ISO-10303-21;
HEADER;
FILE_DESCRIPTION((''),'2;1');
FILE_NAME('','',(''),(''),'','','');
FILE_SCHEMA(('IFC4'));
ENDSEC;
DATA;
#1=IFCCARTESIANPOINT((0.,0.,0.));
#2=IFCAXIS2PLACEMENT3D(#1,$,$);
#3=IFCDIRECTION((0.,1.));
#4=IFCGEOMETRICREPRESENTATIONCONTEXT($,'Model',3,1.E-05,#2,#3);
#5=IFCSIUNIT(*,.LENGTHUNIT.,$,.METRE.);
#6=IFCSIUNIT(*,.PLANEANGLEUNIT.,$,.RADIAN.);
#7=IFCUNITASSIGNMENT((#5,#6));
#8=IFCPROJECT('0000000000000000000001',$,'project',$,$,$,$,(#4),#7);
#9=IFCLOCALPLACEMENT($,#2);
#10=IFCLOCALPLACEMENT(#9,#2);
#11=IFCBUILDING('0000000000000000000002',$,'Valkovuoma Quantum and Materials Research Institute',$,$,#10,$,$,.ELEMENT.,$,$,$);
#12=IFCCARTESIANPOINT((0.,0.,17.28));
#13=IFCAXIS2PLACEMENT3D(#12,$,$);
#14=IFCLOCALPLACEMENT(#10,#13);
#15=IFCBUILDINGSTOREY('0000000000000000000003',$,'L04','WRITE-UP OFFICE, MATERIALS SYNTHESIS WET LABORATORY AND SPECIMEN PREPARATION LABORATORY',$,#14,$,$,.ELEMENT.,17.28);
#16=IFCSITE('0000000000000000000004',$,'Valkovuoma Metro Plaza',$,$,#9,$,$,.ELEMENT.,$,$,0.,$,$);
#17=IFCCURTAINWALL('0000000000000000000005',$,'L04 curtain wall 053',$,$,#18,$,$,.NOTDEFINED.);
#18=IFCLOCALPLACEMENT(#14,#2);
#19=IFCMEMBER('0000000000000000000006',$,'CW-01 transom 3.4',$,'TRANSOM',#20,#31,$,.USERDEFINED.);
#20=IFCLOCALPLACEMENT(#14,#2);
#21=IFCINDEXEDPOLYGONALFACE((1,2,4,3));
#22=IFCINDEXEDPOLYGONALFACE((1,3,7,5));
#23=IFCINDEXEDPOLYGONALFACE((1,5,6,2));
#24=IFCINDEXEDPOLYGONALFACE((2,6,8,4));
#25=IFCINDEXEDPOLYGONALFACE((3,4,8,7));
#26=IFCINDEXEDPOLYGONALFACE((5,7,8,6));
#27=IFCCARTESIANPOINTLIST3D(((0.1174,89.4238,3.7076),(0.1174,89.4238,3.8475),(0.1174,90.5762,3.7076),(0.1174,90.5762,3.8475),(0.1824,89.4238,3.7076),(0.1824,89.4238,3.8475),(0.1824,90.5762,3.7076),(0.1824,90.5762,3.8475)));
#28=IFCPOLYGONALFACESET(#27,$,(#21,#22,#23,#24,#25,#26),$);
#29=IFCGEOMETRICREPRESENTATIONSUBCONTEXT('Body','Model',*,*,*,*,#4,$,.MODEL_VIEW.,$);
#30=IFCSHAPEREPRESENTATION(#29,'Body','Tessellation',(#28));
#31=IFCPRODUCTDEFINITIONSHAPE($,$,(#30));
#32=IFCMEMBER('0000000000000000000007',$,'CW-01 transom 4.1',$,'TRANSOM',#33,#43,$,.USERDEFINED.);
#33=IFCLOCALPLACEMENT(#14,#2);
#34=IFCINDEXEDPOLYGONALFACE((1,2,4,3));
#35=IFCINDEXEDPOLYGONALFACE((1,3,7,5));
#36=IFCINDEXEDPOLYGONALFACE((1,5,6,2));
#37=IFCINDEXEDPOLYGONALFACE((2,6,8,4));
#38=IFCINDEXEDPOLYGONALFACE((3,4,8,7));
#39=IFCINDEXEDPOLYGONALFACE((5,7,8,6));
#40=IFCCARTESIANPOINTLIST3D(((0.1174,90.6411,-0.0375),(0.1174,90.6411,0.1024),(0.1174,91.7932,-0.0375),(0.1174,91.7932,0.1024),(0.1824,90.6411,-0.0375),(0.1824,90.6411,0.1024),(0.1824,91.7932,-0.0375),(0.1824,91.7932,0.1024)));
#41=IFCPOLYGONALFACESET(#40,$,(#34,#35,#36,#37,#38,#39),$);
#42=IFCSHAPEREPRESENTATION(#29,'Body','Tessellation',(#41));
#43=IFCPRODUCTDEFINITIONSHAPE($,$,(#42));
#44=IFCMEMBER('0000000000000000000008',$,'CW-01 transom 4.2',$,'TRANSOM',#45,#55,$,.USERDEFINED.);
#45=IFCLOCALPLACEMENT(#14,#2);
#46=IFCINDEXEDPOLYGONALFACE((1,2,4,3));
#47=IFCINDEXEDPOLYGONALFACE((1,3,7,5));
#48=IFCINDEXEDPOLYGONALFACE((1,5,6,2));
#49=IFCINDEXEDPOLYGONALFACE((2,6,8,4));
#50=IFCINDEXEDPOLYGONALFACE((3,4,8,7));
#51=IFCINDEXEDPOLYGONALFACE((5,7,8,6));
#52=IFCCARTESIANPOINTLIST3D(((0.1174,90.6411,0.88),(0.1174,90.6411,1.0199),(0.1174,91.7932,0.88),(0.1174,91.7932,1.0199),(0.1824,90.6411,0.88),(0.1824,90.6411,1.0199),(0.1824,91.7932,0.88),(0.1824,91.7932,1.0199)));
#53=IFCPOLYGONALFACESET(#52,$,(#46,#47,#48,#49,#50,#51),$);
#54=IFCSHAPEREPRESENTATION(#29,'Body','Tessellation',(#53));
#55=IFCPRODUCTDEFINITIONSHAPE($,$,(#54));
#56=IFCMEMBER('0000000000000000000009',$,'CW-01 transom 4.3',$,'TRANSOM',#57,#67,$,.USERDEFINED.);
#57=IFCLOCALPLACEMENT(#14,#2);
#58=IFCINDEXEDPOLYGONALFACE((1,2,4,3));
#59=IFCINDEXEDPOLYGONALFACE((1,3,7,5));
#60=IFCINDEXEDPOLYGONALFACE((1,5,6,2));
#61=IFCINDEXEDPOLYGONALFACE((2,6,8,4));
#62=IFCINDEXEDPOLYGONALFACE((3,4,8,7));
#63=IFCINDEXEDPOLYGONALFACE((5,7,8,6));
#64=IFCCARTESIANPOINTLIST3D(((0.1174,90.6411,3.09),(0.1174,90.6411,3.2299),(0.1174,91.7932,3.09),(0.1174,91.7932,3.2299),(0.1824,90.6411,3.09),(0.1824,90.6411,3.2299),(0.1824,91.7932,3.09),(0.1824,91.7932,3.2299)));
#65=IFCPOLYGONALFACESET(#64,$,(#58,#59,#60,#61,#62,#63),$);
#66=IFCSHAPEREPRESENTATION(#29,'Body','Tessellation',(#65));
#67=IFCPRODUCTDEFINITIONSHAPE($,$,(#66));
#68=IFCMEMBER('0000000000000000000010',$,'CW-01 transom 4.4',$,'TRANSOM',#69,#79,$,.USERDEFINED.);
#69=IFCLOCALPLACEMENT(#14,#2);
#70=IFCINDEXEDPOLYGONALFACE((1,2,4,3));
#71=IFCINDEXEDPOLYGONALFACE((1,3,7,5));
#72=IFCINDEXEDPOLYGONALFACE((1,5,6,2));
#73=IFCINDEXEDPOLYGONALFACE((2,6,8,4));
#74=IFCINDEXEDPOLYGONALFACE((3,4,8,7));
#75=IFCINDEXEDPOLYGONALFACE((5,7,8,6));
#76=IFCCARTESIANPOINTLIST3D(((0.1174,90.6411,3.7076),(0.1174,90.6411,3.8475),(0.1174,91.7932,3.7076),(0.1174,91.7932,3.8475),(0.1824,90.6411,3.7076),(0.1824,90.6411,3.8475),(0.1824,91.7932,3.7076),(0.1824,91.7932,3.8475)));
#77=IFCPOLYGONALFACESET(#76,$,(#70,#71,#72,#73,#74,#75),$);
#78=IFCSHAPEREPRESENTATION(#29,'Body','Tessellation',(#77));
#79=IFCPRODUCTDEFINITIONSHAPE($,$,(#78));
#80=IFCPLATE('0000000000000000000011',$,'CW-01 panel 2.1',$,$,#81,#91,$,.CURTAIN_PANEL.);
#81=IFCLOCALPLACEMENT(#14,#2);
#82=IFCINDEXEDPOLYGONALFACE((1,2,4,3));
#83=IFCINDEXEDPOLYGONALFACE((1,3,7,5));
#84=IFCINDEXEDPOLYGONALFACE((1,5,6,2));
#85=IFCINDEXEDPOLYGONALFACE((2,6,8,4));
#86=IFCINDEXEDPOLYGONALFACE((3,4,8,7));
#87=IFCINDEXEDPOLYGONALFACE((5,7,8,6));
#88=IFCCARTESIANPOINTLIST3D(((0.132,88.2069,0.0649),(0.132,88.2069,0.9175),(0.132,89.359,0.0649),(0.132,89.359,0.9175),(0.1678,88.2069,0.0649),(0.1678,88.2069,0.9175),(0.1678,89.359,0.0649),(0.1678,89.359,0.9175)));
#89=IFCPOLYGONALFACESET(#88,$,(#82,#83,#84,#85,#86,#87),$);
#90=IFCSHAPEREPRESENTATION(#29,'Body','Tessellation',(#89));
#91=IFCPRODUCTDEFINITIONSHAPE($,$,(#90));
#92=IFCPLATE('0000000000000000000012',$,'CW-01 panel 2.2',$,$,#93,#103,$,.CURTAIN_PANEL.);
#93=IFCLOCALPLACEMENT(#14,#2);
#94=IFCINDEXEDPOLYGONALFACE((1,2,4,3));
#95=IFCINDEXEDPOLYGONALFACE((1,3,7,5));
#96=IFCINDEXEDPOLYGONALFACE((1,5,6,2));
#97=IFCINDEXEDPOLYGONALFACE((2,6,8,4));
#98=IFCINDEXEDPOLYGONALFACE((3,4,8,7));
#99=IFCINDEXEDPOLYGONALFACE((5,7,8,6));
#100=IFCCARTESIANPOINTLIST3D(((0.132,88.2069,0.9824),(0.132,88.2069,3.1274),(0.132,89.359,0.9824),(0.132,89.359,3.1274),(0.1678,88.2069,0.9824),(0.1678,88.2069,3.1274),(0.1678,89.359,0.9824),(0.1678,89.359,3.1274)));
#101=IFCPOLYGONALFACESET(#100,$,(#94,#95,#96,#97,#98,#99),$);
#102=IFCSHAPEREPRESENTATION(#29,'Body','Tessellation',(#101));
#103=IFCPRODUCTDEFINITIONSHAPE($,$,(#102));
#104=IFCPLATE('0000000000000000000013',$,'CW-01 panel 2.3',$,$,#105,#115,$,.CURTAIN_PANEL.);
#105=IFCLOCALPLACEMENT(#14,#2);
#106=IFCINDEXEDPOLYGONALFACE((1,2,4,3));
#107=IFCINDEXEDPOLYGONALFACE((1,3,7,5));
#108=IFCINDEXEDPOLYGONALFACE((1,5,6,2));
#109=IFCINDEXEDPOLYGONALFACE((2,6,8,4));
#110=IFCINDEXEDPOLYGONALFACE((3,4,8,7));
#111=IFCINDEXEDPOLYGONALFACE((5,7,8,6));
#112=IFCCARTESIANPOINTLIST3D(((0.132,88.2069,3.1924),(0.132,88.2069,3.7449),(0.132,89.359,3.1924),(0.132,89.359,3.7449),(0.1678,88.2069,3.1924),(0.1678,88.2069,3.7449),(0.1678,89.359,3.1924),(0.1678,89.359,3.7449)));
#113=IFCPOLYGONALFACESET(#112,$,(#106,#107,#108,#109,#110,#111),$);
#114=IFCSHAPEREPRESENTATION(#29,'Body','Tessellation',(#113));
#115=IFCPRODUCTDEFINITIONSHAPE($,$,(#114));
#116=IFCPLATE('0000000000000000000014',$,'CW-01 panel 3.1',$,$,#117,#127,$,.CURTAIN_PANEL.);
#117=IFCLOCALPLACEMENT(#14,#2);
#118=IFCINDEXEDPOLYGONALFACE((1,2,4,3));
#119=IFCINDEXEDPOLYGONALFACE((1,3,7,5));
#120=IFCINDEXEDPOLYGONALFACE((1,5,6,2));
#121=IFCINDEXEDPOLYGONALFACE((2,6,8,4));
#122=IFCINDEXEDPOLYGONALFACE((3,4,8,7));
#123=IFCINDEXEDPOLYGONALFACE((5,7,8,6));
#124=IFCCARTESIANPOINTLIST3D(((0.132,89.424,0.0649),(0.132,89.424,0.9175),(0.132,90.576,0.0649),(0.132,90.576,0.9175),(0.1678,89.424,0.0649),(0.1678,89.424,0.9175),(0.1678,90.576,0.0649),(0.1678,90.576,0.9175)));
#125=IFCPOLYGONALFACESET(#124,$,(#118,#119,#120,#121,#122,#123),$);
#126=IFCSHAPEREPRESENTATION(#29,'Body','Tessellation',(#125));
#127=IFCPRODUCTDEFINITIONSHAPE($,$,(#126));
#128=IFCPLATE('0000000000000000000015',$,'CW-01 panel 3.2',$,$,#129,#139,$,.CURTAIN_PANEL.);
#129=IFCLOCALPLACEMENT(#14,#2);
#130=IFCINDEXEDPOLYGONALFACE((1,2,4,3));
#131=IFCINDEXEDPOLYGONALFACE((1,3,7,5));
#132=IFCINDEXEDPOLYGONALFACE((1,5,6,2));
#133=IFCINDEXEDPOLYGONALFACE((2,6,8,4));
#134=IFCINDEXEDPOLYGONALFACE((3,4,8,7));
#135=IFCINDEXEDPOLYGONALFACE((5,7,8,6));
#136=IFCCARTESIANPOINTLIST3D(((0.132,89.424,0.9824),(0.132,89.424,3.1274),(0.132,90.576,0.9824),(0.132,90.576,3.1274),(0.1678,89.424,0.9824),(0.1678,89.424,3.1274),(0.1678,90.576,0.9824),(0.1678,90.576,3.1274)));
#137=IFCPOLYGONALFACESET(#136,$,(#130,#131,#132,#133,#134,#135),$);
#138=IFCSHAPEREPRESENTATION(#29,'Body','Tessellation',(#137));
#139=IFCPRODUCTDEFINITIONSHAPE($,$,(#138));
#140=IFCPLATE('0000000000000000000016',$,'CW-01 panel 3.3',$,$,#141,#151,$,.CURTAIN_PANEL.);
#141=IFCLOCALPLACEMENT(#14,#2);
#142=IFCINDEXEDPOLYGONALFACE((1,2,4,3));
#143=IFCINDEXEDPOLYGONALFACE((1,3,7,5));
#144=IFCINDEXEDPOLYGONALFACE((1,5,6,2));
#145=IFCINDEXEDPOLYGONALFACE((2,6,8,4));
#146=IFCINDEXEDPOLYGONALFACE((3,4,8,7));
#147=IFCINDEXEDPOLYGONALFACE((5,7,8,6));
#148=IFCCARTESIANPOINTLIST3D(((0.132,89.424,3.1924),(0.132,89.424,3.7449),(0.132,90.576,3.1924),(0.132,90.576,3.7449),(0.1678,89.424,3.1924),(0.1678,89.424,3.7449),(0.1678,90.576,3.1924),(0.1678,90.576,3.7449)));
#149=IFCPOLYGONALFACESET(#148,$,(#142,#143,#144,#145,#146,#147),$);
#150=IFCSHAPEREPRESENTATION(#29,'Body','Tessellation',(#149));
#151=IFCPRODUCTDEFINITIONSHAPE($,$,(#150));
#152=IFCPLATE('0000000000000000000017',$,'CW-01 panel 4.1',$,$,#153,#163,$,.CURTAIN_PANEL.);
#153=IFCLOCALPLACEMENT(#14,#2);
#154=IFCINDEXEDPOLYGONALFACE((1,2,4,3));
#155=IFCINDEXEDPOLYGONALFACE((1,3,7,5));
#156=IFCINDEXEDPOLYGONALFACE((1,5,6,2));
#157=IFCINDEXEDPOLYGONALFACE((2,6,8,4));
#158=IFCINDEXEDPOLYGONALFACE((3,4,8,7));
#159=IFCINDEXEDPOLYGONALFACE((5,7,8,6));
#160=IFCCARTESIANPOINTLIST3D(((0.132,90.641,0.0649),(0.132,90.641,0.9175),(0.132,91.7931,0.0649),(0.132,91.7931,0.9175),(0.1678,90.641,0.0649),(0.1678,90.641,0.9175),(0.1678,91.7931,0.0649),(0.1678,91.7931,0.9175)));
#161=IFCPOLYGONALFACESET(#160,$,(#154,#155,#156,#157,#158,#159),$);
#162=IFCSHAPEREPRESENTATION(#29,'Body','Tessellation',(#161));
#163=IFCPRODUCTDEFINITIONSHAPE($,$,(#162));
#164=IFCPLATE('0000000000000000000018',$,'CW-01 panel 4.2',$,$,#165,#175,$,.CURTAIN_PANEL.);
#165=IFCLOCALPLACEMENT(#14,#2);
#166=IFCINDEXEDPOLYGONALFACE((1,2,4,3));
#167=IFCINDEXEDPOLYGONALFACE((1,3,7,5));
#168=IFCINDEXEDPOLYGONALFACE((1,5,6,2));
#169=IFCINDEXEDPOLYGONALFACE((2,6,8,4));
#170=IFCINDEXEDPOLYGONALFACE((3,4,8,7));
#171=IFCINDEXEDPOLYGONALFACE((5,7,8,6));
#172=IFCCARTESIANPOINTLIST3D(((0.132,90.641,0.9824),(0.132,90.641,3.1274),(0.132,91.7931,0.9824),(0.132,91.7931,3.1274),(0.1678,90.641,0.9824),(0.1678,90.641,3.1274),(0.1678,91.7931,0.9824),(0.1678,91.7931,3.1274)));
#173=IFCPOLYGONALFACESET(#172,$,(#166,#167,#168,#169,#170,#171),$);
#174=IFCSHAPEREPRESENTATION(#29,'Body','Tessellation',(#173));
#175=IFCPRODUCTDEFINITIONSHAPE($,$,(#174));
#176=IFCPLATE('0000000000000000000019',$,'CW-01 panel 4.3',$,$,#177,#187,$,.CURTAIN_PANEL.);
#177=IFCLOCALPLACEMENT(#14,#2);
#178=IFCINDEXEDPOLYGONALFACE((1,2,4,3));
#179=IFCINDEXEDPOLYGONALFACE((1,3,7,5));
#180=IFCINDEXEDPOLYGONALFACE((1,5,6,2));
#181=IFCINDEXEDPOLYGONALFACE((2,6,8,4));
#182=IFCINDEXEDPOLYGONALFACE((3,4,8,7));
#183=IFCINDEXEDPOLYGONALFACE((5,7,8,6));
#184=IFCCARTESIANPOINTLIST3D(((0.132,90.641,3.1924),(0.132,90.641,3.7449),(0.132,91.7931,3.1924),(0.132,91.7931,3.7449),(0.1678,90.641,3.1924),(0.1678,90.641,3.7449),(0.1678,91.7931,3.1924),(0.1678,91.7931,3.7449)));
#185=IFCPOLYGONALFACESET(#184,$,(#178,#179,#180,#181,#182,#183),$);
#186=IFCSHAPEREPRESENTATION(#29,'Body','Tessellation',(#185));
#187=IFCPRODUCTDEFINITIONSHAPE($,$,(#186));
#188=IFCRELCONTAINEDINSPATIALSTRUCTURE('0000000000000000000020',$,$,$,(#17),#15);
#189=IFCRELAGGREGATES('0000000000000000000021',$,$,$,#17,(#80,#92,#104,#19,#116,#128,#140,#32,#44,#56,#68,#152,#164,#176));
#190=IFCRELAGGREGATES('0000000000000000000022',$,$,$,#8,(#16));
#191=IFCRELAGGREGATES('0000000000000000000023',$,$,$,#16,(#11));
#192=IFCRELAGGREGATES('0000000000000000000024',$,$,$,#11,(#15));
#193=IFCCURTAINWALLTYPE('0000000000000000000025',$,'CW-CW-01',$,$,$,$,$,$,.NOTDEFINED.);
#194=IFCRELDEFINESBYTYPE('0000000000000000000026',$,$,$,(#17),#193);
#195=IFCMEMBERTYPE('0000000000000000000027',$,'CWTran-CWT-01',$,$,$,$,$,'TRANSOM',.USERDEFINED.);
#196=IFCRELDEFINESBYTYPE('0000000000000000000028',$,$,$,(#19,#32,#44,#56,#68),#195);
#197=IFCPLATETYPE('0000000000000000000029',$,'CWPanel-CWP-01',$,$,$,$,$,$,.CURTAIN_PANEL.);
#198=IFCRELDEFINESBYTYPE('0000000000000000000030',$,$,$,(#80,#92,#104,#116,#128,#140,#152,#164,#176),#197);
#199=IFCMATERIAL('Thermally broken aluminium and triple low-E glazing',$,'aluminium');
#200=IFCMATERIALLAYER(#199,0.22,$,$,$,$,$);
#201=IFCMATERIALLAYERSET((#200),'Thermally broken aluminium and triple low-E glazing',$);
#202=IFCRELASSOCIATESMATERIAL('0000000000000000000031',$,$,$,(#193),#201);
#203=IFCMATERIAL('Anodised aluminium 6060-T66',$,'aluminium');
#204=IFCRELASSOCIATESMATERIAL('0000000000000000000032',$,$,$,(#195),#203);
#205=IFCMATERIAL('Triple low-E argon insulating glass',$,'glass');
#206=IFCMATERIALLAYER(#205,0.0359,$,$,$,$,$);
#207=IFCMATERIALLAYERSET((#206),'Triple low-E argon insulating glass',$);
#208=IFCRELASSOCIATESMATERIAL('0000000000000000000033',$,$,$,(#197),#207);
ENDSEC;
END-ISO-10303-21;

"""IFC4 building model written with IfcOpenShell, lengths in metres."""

from ifc_helpers import new_model, si_unit, direction, frame, origin, origin_2d, place, context, subcontext, project, spatial, rectangle, extrude, material, layer, layer_set, material_profile, profile_set, type_object, element, aggregate, save


model = new_model("IFC4")

# Units and contexts
model_context = context("Model", 3, precision=1e-05, world=origin(), true_north=direction((0.0, 1.0)))
body_context = subcontext(model_context, "Body", "Model", "MODEL_VIEW")
ifc_project = project(units=[si_unit("LENGTHUNIT", "METRE"), si_unit("PLANEANGLEUNIT", "RADIAN")], contexts=[model_context])

# Site, building, storey
site_placement = place(None, origin())
site = spatial("IfcSite", under=ifc_project, at=site_placement, Name="Valkovuoma Metro Plaza", CompositionType="ELEMENT", RefElevation=0.0)
building_placement = place(site_placement, origin())
building = spatial("IfcBuilding", under=site, at=building_placement, Name="Valkovuoma Quantum and Materials Research Institute", CompositionType="ELEMENT")
storey_placement = place(building_placement, frame((0.0, 0.0, 17.28)))
storey = spatial("IfcBuildingStorey", under=building, at=storey_placement, Name="L04", Description="WRITE-UP OFFICE, MATERIALS SYNTHESIS WET LABORATORY AND SPECIMEN PREPARATION LABORATORY", CompositionType="ELEMENT", Elevation=17.28)

# Curtain wall, members, plates
ifc_material_1 = material(Name="Thermally broken aluminium and triple low-E glazing", Category="aluminium")
ifc_layer_1 = layer(ifc_material_1, 0.22)
ifc_layer_set_1 = layer_set([ifc_layer_1], Name="Thermally broken aluminium and triple low-E glazing")
curtain_wall_type = type_object("IfcCurtainWallType", Name="CW-CW-01", PredefinedType="NOTDEFINED", material=ifc_layer_set_1)
curtain_wall_placement = place(storey_placement, origin())
curtain_wall = element("IfcCurtainWall", 1, at=curtain_wall_placement, inside=storey, type_object=curtain_wall_type, Name="L04 curtain wall 053", PredefinedType="NOTDEFINED")
ifc_material_2 = material(Name="Anodised aluminium 6060-T66", Category="aluminium")
ifc_material_profile_1 = material_profile(ifc_material_2, rectangle(XDim=0.0649, YDim=0.1399, at=origin_2d()), Name="Anodised aluminium 6060-T66")
ifc_profile_set_1 = profile_set([ifc_material_profile_1], Name="Anodised aluminium 6060-T66")
member_type_1 = type_object("IfcMemberType", Name="CWTran-CWT-01", ElementType="TRANSOM", PredefinedType="USERDEFINED", material=ifc_profile_set_1)
member_1_placement = place(storey_placement, frame((0.1499, 89.4238, 3.7776), z_axis=(0.0, 1.0, 0.0), x_axis=(-1.0, 0.0, 0.0)))
member_1 = element("IfcMember", 2, at=member_1_placement, type_object=member_type_1, Name="CW-01 transom 3.4", ObjectType="TRANSOM", PredefinedType="USERDEFINED", context=body_context, shape_type="SweptSolid", body=[
    extrude(rectangle(XDim=0.0649, YDim=0.1399, at=origin_2d()), origin(), (0.0, 0.0, 1.0), 1.1523),
])
member_2_placement = place(storey_placement, frame((0.1499, 90.6411, 0.0325), z_axis=(0.0, 1.0, 0.0), x_axis=(-1.0, 0.0, 0.0)))
member_2 = element("IfcMember", 3, at=member_2_placement, type_object=member_type_1, Name="CW-01 transom 4.1", ObjectType="TRANSOM", PredefinedType="USERDEFINED", context=body_context, shape_type="SweptSolid", body=[
    extrude(rectangle(XDim=0.0649, YDim=0.1399, at=origin_2d()), origin(), (0.0, 0.0, 1.0), 1.1521),
])
member_3_placement = place(storey_placement, frame((0.1499, 90.6411, 0.95), z_axis=(0.0, 1.0, 0.0), x_axis=(-1.0, 0.0, 0.0)))
member_3 = element("IfcMember", 4, at=member_3_placement, type_object=member_type_1, Name="CW-01 transom 4.2", ObjectType="TRANSOM", PredefinedType="USERDEFINED", context=body_context, shape_type="SweptSolid", body=[
    extrude(rectangle(XDim=0.0649, YDim=0.1399, at=origin_2d()), origin(), (0.0, 0.0, 1.0), 1.1521),
])
member_4_placement = place(storey_placement, frame((0.1499, 90.6411, 3.1599), z_axis=(0.0, 1.0, 0.0), x_axis=(-1.0, 0.0, 0.0)))
member_4 = element("IfcMember", 5, at=member_4_placement, type_object=member_type_1, Name="CW-01 transom 4.3", ObjectType="TRANSOM", PredefinedType="USERDEFINED", context=body_context, shape_type="SweptSolid", body=[
    extrude(rectangle(XDim=0.0649, YDim=0.1399, at=origin_2d()), origin(), (0.0, 0.0, 1.0), 1.1521),
])
member_5_placement = place(storey_placement, frame((0.1499, 90.6411, 3.7776), z_axis=(0.0, 1.0, 0.0), x_axis=(-1.0, 0.0, 0.0)))
member_5 = element("IfcMember", 6, at=member_5_placement, type_object=member_type_1, Name="CW-01 transom 4.4", ObjectType="TRANSOM", PredefinedType="USERDEFINED", context=body_context, shape_type="SweptSolid", body=[
    extrude(rectangle(XDim=0.0649, YDim=0.1399, at=origin_2d()), origin(), (0.0, 0.0, 1.0), 1.1521),
])
ifc_material_3 = material(Name="Triple low-E argon insulating glass", Category="glass")
ifc_layer_2 = layer(ifc_material_3, 0.0359)
ifc_layer_set_2 = layer_set([ifc_layer_2], Name="Triple low-E argon insulating glass")
plate_type = type_object("IfcPlateType", Name="CWPanel-CWP-01", PredefinedType="CURTAIN_PANEL", material=ifc_layer_set_2)
plate_1_placement = place(storey_placement, frame((0.1499, 88.783, 0.0649), z_axis=(0.0, 0.0, 1.0), x_axis=(0.0, 1.0, 0.0)))
plate_1 = element("IfcPlate", 7, at=plate_1_placement, type_object=plate_type, Name="CW-01 panel 2.1", PredefinedType="CURTAIN_PANEL", context=body_context, shape_type="SweptSolid", body=[
    extrude(rectangle(XDim=1.1521, YDim=0.0359, at=origin_2d()), origin(), (0.0, 0.0, 1.0), 0.8525),
])
plate_2_placement = place(storey_placement, frame((0.1499, 88.783, 0.9824), z_axis=(0.0, 0.0, 1.0), x_axis=(0.0, 1.0, 0.0)))
plate_2 = element("IfcPlate", 8, at=plate_2_placement, type_object=plate_type, Name="CW-01 panel 2.2", PredefinedType="CURTAIN_PANEL", context=body_context, shape_type="SweptSolid", body=[
    extrude(rectangle(XDim=1.1521, YDim=0.0359, at=origin_2d()), origin(), (0.0, 0.0, 1.0), 2.145),
])
plate_3_placement = place(storey_placement, frame((0.1499, 88.783, 3.1924), z_axis=(0.0, 0.0, 1.0), x_axis=(0.0, 1.0, 0.0)))
plate_3 = element("IfcPlate", 9, at=plate_3_placement, type_object=plate_type, Name="CW-01 panel 2.3", PredefinedType="CURTAIN_PANEL", context=body_context, shape_type="SweptSolid", body=[
    extrude(rectangle(XDim=1.1521, YDim=0.0359, at=origin_2d()), origin(), (0.0, 0.0, 1.0), 0.5525),
])
plate_4_placement = place(storey_placement, frame((0.1499, 90.0, 0.0649), z_axis=(0.0, 0.0, 1.0), x_axis=(0.0, 1.0, 0.0)))
plate_4 = element("IfcPlate", 10, at=plate_4_placement, type_object=plate_type, Name="CW-01 panel 3.1", PredefinedType="CURTAIN_PANEL", context=body_context, shape_type="SweptSolid", body=[
    extrude(rectangle(XDim=1.1521, YDim=0.0359, at=origin_2d()), origin(), (0.0, 0.0, 1.0), 0.8525),
])
plate_5_placement = place(storey_placement, frame((0.1499, 90.0, 0.9824), z_axis=(0.0, 0.0, 1.0), x_axis=(0.0, 1.0, 0.0)))
plate_5 = element("IfcPlate", 11, at=plate_5_placement, type_object=plate_type, Name="CW-01 panel 3.2", PredefinedType="CURTAIN_PANEL", context=body_context, shape_type="SweptSolid", body=[
    extrude(rectangle(XDim=1.1521, YDim=0.0359, at=origin_2d()), origin(), (0.0, 0.0, 1.0), 2.145),
])
plate_6_placement = place(storey_placement, frame((0.1499, 90.0, 3.1924), z_axis=(0.0, 0.0, 1.0), x_axis=(0.0, 1.0, 0.0)))
plate_6 = element("IfcPlate", 12, at=plate_6_placement, type_object=plate_type, Name="CW-01 panel 3.3", PredefinedType="CURTAIN_PANEL", context=body_context, shape_type="SweptSolid", body=[
    extrude(rectangle(XDim=1.1521, YDim=0.0359, at=origin_2d()), origin(), (0.0, 0.0, 1.0), 0.5525),
])
plate_7_placement = place(storey_placement, frame((0.1499, 91.217, 0.0649), z_axis=(0.0, 0.0, 1.0), x_axis=(0.0, 1.0, 0.0)))
plate_7 = element("IfcPlate", 13, at=plate_7_placement, type_object=plate_type, Name="CW-01 panel 4.1", PredefinedType="CURTAIN_PANEL", context=body_context, shape_type="SweptSolid", body=[
    extrude(rectangle(XDim=1.1521, YDim=0.0359, at=origin_2d()), origin(), (0.0, 0.0, 1.0), 0.8525),
])
plate_8_placement = place(storey_placement, frame((0.1499, 91.217, 0.9824), z_axis=(0.0, 0.0, 1.0), x_axis=(0.0, 1.0, 0.0)))
plate_8 = element("IfcPlate", 14, at=plate_8_placement, type_object=plate_type, Name="CW-01 panel 4.2", PredefinedType="CURTAIN_PANEL", context=body_context, shape_type="SweptSolid", body=[
    extrude(rectangle(XDim=1.1521, YDim=0.0359, at=origin_2d()), origin(), (0.0, 0.0, 1.0), 2.145),
])
plate_9_placement = place(storey_placement, frame((0.1499, 91.217, 3.1924), z_axis=(0.0, 0.0, 1.0), x_axis=(0.0, 1.0, 0.0)))
plate_9 = element("IfcPlate", 15, at=plate_9_placement, type_object=plate_type, Name="CW-01 panel 4.3", PredefinedType="CURTAIN_PANEL", context=body_context, shape_type="SweptSolid", body=[
    extrude(rectangle(XDim=1.1521, YDim=0.0359, at=origin_2d()), origin(), (0.0, 0.0, 1.0), 0.5525),
])
aggregate(curtain_wall, [plate_1, plate_2, plate_3, member_1, plate_4, plate_5, plate_6, member_2, member_3, member_4, member_5, plate_7, plate_8, plate_9])

save(model, "model.ifc")
